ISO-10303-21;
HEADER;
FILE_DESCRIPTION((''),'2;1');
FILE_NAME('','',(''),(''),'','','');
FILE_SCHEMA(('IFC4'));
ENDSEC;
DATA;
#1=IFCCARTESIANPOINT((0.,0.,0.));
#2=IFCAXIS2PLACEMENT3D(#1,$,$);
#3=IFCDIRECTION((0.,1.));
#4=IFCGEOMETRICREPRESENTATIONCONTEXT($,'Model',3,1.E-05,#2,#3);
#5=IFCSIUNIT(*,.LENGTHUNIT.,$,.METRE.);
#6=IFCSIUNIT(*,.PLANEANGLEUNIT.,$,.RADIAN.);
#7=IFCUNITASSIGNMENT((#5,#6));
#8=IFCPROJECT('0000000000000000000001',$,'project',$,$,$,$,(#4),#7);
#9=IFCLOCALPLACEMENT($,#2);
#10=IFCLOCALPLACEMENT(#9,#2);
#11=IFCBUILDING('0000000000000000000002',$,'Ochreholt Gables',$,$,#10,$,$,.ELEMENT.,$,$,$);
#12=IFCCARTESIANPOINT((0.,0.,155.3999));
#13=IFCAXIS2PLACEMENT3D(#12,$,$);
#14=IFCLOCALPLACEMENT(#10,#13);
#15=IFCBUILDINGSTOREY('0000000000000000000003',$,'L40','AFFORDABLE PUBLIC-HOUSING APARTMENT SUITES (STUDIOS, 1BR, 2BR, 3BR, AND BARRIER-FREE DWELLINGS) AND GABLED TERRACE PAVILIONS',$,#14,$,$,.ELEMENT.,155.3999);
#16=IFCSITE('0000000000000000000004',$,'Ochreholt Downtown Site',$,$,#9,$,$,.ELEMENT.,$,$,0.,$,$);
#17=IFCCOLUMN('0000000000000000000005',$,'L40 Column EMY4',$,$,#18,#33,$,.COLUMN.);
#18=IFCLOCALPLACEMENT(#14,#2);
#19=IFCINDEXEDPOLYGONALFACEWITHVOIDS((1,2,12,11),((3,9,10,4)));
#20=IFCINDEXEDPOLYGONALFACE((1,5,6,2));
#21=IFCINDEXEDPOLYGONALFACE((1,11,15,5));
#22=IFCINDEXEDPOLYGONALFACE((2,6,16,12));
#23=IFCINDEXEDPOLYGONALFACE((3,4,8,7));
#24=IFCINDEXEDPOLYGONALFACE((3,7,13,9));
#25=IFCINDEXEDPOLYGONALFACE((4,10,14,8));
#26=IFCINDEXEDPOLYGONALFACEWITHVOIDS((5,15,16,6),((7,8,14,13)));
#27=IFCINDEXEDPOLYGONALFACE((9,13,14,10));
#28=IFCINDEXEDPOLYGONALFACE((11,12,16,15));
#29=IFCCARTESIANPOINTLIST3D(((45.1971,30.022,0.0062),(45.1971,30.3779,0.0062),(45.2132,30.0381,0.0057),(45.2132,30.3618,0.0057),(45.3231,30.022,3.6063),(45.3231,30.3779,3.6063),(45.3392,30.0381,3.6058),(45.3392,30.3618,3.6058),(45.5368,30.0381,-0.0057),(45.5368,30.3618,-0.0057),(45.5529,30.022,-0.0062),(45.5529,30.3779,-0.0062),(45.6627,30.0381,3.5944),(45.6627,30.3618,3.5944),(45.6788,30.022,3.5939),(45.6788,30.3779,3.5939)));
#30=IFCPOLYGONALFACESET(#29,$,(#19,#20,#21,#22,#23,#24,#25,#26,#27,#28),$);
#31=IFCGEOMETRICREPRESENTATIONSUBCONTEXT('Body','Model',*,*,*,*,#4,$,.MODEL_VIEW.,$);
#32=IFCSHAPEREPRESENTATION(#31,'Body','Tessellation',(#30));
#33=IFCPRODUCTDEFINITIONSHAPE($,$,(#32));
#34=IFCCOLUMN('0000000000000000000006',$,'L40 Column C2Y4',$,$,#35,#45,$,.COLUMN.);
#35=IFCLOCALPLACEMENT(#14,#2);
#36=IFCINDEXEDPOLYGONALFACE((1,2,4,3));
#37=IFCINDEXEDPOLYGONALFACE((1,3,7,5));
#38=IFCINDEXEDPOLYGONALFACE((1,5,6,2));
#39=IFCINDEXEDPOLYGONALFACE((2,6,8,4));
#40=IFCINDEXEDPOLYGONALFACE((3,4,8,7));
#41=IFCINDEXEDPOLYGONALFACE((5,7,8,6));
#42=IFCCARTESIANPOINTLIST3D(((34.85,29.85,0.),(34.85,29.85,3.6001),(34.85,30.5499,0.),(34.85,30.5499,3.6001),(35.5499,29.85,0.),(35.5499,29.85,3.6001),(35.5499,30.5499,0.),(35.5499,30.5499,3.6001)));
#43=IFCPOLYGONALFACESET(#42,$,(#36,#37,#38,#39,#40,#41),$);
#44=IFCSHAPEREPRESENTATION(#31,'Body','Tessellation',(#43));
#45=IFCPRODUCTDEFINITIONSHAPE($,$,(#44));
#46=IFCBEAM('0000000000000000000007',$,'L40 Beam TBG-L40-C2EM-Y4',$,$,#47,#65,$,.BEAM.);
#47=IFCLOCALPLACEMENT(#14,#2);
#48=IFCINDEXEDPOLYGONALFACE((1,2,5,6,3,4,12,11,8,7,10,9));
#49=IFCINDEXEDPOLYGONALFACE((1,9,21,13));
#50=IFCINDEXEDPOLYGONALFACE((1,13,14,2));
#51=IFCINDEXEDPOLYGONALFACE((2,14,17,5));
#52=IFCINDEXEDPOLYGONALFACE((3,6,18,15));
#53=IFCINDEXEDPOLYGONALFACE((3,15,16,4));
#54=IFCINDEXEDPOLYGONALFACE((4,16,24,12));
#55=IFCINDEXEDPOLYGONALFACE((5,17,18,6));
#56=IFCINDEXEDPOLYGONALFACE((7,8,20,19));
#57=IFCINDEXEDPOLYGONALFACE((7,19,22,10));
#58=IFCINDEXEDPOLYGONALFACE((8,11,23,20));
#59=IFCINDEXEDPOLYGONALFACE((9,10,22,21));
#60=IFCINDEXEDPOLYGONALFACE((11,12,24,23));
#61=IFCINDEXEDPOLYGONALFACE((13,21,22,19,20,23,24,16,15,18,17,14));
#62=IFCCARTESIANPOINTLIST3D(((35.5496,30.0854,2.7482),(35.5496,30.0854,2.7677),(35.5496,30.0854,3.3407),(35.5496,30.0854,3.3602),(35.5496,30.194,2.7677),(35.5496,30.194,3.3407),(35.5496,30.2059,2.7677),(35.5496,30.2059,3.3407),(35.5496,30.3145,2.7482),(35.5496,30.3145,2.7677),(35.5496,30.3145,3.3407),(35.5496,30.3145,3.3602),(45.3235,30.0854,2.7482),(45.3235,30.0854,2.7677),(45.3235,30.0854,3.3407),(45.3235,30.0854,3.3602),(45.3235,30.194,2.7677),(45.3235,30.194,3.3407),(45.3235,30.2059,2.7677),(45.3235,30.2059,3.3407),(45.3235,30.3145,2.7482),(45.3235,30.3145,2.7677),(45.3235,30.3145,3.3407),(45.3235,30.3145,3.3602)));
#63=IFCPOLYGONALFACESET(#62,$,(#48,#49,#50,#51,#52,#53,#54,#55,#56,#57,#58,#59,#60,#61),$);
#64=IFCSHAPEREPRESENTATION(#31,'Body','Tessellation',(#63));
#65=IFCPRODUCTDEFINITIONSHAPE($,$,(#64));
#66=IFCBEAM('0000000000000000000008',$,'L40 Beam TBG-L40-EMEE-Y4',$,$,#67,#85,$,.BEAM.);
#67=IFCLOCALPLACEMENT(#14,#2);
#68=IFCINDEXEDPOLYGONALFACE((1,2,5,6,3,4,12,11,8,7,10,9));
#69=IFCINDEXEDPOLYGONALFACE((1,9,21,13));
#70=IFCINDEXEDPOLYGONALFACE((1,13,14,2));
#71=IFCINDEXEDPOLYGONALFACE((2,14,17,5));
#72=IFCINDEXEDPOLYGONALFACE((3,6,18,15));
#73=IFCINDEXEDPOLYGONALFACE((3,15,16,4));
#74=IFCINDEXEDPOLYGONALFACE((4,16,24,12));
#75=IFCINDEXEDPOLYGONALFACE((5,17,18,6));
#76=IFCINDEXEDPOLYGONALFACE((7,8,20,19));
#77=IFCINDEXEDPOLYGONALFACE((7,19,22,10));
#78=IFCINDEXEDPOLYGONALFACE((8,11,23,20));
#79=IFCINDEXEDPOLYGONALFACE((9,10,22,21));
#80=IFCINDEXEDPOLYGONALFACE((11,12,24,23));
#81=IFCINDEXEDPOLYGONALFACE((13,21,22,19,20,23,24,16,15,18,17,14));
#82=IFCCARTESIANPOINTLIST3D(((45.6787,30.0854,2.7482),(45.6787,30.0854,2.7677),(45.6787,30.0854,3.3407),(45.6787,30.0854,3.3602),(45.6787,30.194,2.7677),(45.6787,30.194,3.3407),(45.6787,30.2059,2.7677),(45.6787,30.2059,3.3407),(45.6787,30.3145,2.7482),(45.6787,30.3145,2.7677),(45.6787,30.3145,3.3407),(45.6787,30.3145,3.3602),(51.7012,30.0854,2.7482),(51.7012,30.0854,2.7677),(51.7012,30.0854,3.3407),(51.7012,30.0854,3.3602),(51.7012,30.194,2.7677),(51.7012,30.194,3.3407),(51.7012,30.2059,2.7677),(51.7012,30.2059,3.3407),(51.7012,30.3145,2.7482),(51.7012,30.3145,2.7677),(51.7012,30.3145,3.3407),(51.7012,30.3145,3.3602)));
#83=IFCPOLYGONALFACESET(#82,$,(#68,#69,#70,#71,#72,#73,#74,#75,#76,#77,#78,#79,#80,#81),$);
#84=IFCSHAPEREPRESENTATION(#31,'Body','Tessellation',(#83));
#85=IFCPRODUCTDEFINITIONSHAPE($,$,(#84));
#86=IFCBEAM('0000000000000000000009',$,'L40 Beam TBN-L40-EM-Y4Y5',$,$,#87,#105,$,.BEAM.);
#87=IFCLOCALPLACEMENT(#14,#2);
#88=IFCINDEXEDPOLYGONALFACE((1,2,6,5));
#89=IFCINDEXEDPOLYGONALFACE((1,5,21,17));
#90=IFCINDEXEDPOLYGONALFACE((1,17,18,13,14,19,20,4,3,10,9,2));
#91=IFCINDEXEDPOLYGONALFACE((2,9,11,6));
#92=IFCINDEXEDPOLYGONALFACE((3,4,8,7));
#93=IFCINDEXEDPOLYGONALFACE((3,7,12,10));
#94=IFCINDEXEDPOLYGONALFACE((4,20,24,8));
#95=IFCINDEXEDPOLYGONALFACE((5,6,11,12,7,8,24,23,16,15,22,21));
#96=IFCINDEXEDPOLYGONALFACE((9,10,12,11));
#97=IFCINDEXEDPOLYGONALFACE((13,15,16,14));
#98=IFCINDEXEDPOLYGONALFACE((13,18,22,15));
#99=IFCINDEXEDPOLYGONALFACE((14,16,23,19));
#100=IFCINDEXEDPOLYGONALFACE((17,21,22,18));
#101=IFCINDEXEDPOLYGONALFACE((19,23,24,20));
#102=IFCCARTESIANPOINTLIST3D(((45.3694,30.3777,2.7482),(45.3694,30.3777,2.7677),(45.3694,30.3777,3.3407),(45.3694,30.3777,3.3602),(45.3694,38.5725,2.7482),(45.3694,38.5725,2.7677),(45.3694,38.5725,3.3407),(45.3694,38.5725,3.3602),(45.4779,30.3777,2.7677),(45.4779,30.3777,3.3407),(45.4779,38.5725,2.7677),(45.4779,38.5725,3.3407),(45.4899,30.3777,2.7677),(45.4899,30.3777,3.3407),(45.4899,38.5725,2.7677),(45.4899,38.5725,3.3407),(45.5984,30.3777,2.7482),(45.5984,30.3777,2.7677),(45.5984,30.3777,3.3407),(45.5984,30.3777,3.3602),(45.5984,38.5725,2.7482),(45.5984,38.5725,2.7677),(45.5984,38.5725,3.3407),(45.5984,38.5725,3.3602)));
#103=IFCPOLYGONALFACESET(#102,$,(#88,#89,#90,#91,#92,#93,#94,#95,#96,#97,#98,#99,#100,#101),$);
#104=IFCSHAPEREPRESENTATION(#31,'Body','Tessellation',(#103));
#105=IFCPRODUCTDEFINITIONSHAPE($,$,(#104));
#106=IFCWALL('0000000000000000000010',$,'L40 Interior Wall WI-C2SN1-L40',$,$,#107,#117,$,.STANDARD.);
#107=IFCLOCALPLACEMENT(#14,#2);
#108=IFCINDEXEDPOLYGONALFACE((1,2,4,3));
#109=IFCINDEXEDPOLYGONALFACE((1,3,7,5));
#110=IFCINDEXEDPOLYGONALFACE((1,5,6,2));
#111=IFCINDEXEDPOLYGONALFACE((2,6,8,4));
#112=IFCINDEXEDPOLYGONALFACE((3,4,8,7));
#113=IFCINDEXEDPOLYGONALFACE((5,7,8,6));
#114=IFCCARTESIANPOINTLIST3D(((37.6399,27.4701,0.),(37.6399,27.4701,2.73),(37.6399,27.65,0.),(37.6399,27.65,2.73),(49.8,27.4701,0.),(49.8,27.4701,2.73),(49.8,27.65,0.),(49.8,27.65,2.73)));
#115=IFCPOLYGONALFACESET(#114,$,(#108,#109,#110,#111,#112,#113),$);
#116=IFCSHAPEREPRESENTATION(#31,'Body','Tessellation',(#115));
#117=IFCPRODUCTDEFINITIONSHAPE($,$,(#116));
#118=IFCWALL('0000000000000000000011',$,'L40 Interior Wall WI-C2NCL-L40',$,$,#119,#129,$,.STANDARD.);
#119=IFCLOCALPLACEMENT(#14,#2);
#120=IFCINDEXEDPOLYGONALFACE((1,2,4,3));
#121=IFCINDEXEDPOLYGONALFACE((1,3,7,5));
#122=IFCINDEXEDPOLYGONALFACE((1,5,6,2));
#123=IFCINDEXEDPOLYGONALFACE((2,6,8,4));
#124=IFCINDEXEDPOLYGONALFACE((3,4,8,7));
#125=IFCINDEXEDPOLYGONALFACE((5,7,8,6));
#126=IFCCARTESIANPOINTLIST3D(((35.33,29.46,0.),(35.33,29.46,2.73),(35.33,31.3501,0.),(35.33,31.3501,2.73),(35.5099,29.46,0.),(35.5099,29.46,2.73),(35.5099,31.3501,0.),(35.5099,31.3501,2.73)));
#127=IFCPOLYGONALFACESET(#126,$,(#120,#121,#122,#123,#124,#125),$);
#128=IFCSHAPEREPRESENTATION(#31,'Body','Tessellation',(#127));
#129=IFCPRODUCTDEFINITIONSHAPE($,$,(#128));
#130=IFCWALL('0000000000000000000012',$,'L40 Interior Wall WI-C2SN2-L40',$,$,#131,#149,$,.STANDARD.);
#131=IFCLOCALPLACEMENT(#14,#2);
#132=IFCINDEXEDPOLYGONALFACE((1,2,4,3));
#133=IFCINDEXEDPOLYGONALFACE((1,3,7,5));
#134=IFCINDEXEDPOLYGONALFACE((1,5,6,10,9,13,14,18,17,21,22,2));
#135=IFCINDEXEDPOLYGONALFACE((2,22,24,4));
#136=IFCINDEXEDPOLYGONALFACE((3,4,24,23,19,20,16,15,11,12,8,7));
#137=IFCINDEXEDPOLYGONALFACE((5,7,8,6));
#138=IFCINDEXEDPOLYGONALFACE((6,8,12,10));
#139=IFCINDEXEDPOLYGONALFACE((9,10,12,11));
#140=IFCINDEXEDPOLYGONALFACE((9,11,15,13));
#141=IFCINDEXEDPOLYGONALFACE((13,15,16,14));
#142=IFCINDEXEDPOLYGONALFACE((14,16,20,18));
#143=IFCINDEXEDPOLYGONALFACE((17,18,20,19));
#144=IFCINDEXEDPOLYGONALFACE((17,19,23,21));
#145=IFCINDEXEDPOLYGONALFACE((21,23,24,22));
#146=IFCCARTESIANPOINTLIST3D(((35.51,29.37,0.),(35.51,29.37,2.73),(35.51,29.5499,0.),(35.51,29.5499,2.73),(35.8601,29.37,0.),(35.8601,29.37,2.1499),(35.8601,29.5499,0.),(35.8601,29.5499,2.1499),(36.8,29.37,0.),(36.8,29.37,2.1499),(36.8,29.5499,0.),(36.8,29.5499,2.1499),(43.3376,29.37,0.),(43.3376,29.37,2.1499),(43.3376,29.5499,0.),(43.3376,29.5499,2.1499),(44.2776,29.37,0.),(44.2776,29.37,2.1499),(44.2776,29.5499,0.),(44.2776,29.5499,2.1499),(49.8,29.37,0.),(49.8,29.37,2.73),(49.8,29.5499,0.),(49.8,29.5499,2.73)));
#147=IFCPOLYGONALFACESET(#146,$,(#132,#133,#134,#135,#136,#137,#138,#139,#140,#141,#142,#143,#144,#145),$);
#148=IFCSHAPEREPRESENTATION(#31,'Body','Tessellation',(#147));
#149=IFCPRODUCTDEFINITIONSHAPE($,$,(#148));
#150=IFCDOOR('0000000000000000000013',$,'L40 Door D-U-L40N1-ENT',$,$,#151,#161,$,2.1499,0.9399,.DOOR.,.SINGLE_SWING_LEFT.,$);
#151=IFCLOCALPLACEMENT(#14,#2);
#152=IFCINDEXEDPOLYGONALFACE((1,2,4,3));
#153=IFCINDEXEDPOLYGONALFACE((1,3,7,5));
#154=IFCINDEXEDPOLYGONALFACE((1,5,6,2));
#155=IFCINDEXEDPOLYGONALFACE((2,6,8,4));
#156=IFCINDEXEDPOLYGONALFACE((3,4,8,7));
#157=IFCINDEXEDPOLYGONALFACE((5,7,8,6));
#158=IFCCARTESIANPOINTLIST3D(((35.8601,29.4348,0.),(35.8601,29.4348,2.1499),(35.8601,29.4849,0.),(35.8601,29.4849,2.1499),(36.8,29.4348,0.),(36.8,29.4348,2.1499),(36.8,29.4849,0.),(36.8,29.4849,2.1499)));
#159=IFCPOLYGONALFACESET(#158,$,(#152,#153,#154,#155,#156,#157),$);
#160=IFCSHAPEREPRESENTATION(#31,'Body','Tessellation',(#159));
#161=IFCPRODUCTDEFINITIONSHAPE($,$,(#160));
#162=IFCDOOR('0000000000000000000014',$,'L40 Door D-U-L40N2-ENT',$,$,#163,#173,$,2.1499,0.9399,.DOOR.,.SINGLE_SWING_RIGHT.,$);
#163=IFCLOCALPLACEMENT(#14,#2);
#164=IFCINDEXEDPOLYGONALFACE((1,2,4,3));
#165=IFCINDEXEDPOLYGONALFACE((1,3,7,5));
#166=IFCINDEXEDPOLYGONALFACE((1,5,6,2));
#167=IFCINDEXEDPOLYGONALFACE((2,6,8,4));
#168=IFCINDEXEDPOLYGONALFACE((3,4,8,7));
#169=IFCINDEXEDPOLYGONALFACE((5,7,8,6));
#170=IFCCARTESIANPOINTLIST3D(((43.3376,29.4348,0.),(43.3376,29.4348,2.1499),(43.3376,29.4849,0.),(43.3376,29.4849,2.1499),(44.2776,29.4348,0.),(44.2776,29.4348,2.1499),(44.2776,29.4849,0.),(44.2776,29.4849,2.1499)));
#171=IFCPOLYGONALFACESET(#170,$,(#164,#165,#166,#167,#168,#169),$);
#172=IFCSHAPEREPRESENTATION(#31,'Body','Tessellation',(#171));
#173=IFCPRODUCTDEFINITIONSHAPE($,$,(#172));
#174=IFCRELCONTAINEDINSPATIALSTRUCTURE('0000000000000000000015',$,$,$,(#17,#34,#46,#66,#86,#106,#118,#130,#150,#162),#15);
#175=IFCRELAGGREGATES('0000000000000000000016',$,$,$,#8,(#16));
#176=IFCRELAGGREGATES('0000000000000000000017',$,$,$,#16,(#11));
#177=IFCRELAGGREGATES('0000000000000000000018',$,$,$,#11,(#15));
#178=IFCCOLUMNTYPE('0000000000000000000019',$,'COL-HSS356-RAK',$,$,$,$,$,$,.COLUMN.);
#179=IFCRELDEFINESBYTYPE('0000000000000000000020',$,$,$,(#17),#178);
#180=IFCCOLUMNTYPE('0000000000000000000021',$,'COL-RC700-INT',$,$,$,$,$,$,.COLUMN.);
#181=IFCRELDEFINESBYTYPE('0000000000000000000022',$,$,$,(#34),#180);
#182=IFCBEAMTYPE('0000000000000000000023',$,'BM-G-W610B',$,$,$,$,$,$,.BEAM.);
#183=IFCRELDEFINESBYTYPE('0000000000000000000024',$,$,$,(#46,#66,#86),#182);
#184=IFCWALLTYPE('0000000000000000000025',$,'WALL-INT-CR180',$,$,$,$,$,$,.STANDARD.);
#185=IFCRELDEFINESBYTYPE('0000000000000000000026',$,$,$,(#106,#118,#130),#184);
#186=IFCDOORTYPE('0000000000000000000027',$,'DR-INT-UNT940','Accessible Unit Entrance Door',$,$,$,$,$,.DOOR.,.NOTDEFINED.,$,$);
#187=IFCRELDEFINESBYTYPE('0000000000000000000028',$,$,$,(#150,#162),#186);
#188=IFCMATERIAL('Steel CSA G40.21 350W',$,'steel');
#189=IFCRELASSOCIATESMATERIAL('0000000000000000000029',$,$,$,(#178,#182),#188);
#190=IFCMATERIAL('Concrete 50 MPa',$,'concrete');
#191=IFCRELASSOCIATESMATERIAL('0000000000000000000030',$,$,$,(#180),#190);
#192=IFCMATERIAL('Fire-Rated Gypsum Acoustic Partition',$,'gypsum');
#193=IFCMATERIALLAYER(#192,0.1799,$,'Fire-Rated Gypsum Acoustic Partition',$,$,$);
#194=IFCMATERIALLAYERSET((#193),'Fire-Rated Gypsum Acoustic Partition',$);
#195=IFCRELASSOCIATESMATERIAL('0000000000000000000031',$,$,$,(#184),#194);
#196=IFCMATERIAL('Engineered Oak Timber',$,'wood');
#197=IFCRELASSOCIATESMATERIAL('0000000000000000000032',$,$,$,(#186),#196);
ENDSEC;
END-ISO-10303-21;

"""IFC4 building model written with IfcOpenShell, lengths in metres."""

from ifc_helpers import new_model, si_unit, direction, frame, frame_2d, origin, origin_2d, place, context, subcontext, project, spatial, rectangle, hollow_rectangle, i_section, extrude, material, layer, layer_set, material_profile, profile_set, type_object, element, fill, save


model = new_model("IFC4")

# Units and contexts
model_context = context("Model", 3, precision=1e-05, world=origin(), true_north=direction((0.0, 1.0)))
body_context = subcontext(model_context, "Body", "Model", "MODEL_VIEW")
ifc_project = project(units=[si_unit("LENGTHUNIT", "METRE"), si_unit("PLANEANGLEUNIT", "RADIAN")], contexts=[model_context])

# Site, building, storey
site_placement = place(None, origin())
site = spatial("IfcSite", under=ifc_project, at=site_placement, Name="Ochreholt Downtown Site", CompositionType="ELEMENT", RefElevation=0.0)
building_placement = place(site_placement, origin())
building = spatial("IfcBuilding", under=site, at=building_placement, Name="Ochreholt Gables", CompositionType="ELEMENT")
storey_placement = place(building_placement, frame((0.0, 0.0, 155.3999)))
storey = spatial("IfcBuildingStorey", under=building, at=storey_placement, Name="L40", Description="AFFORDABLE PUBLIC-HOUSING APARTMENT SUITES (STUDIOS, 1BR, 2BR, 3BR, AND BARRIER-FREE DWELLINGS) AND GABLED TERRACE PAVILIONS", CompositionType="ELEMENT", Elevation=155.3999)

# Columns
ifc_material_1 = material(Name="Steel CSA G40.21 350W", Category="steel")
ifc_material_profile_1 = material_profile(ifc_material_1, hollow_rectangle(XDim=0.356, YDim=0.356, WallThickness=0.0161, at=origin_2d()), Name="HSS356X356X16")
ifc_profile_set_1 = profile_set([ifc_material_profile_1], Name="Steel CSA G40.21 350W")
column_type_1 = type_object("IfcColumnType", Name="COL-HSS356-RAK", PredefinedType="COLUMN", material=ifc_profile_set_1)
column_1_placement = place(storey_placement, frame((45.375, 30.2, 0.0), z_axis=(0.034971, 0.0, 0.999388), x_axis=(0.0, 1.0, 0.0)))
element("IfcColumn", 1, at=column_1_placement, inside=storey, type_object=column_type_1, Name="L40 Column EMY4", PredefinedType="COLUMN", context=body_context, shape_type="SweptSolid", body=[
    extrude(hollow_rectangle(XDim=0.356, YDim=0.356, WallThickness=0.0161, at=origin_2d()), origin(), (0.0, 0.0, 1.0), 3.6023),
])
ifc_material_2 = material(Name="Concrete 50 MPa", Category="concrete")
ifc_material_profile_2 = material_profile(ifc_material_2, rectangle(XDim=0.7, YDim=0.7, at=origin_2d()), Name="RC700X700")
ifc_profile_set_2 = profile_set([ifc_material_profile_2], Name="Concrete 50 MPa")
column_type_2 = type_object("IfcColumnType", Name="COL-RC700-INT", PredefinedType="COLUMN", material=ifc_profile_set_2)
column_2_placement = place(storey_placement, frame((35.2, 30.2, 0.0), z_axis=(0.0, 0.0, 1.0), x_axis=(1.0, 0.0, 0.0)))
element("IfcColumn", 2, at=column_2_placement, inside=storey, type_object=column_type_2, Name="L40 Column C2Y4", PredefinedType="COLUMN", context=body_context, shape_type="SweptSolid", body=[
    extrude(rectangle(XDim=0.7, YDim=0.7, at=origin_2d()), origin(), (0.0, 0.0, 1.0), 3.6001),
])

# Beams
ifc_material_profile_3 = material_profile(ifc_material_1, i_section(OverallWidth=0.229, OverallDepth=0.6121, WebThickness=0.012, FlangeThickness=0.0195, at=origin_2d()), Name="W610X125")
ifc_profile_set_3 = profile_set([ifc_material_profile_3], Name="Steel CSA G40.21 350W")
beam_type = type_object("IfcBeamType", Name="BM-G-W610B", PredefinedType="BEAM", material=ifc_profile_set_3)
beam_1_placement = place(storey_placement, frame((35.5496, 30.2, 3.0542), z_axis=(1.0, 0.0, 0.0), x_axis=(0.0, 1.0, 0.0)))
element("IfcBeam", 3, at=beam_1_placement, inside=storey, type_object=beam_type, Name="L40 Beam TBG-L40-C2EM-Y4", PredefinedType="BEAM", context=body_context, shape_type="SweptSolid", body=[
    extrude(i_section(OverallWidth=0.229, OverallDepth=0.6121, WebThickness=0.012, FlangeThickness=0.0195, at=origin_2d()), origin(), (0.0, 0.0, 1.0), 9.7739),
])
beam_2_placement = place(storey_placement, frame((45.6787, 30.2, 3.0542), z_axis=(1.0, 0.0, 0.0), x_axis=(0.0, 1.0, 0.0)))
element("IfcBeam", 4, at=beam_2_placement, inside=storey, type_object=beam_type, Name="L40 Beam TBG-L40-EMEE-Y4", PredefinedType="BEAM", context=body_context, shape_type="SweptSolid", body=[
    extrude(i_section(OverallWidth=0.229, OverallDepth=0.6121, WebThickness=0.012, FlangeThickness=0.0195, at=origin_2d()), origin(), (0.0, 0.0, 1.0), 6.0225),
])
beam_3_placement = place(storey_placement, frame((45.4839, 30.3777, 3.0542), z_axis=(0.0, 1.0, 0.0), x_axis=(-1.0, 0.0, 0.0)))
element("IfcBeam", 5, at=beam_3_placement, inside=storey, type_object=beam_type, Name="L40 Beam TBN-L40-EM-Y4Y5", PredefinedType="BEAM", context=body_context, shape_type="SweptSolid", body=[
    extrude(i_section(OverallWidth=0.229, OverallDepth=0.6121, WebThickness=0.012, FlangeThickness=0.0195, at=origin_2d()), origin(), (0.0, 0.0, 1.0), 8.1948),
])

# Walls
ifc_material_3 = material(Name="Fire-Rated Gypsum Acoustic Partition", Category="gypsum")
ifc_layer_1 = layer(ifc_material_3, 0.1799, Name="Fire-Rated Gypsum Acoustic Partition")
ifc_layer_set_1 = layer_set([ifc_layer_1], Name="Fire-Rated Gypsum Acoustic Partition")
wall_type_1 = type_object("IfcWallType", Name="WALL-INT-CR180", PredefinedType="STANDARD", material=ifc_layer_set_1)
wall_1_placement = place(storey_placement, frame((37.6399, 27.5601, 0.0), z_axis=(0.0, 0.0, 1.0), x_axis=(1.0, 0.0, 0.0)))
element("IfcWall", 6, at=wall_1_placement, inside=storey, type_object=wall_type_1, Name="L40 Interior Wall WI-C2SN1-L40", PredefinedType="STANDARD", context=body_context, shape_type="SweptSolid", body=[
    extrude(rectangle(XDim=12.1602, YDim=0.1799, at=frame_2d((6.0801, 0.0))), origin(), (0.0, 0.0, 1.0), 2.73),
])
wall_2_placement = place(storey_placement, frame((35.4199, 29.46, 0.0), z_axis=(0.0, 0.0, 1.0), x_axis=(0.0, 1.0, 0.0)))
element("IfcWall", 7, at=wall_2_placement, inside=storey, type_object=wall_type_1, Name="L40 Interior Wall WI-C2NCL-L40", PredefinedType="STANDARD", context=body_context, shape_type="SweptSolid", body=[
    extrude(rectangle(XDim=1.8901, YDim=0.1799, at=frame_2d((0.9451, 0.0))), origin(), (0.0, 0.0, 1.0), 2.73),
])

# Wall, openings, doors
wall_3_placement = place(storey_placement, frame((35.51, 29.46, 0.0), z_axis=(0.0, 0.0, 1.0), x_axis=(1.0, 0.0, 0.0)))
wall_3 = element("IfcWall", 8, at=wall_3_placement, inside=storey, type_object=wall_type_1, Name="L40 Interior Wall WI-C2SN2-L40", PredefinedType="STANDARD", context=body_context, shape_type="SweptSolid", body=[
    extrude(rectangle(XDim=14.29, YDim=0.1799, at=frame_2d((7.145, 0.0))), origin(), (0.0, 0.0, 1.0), 2.73),
])
opening_1_placement = place(wall_3_placement, frame((0.3501, 0.0, 0.0)))
opening_1 = element("IfcOpeningElement", 9, at=opening_1_placement, cuts=wall_3, PredefinedType="OPENING", context=body_context, shape_type="SweptSolid", body=[
    extrude(rectangle(XDim=0.9399, YDim=2.1499, at=frame_2d((0.47, 1.075))), frame((0.0, 0.0999, 0.0), z_axis=(0.0, -1.0, 0.0), x_axis=(1.0, 0.0, 0.0)), (0.0, 0.0, 1.0), 0.2),
])
opening_2_placement = place(wall_3_placement, frame((7.8276, 0.0, 0.0)))
opening_2 = element("IfcOpeningElement", 10, at=opening_2_placement, cuts=wall_3, PredefinedType="OPENING", context=body_context, shape_type="SweptSolid", body=[
    extrude(rectangle(XDim=0.9399, YDim=2.1499, at=frame_2d((0.47, 1.075))), frame((0.0, 0.0999, 0.0), z_axis=(0.0, -1.0, 0.0), x_axis=(1.0, 0.0, 0.0)), (0.0, 0.0, 1.0), 0.2),
])
ifc_material_4 = material(Name="Engineered Oak Timber", Category="wood")
door_type_1 = type_object("IfcDoorType", Name="DR-INT-UNT940", Description="Accessible Unit Entrance Door", OperationType="NOTDEFINED", PredefinedType="DOOR", material=ifc_material_4)
door_1_placement = place(opening_1_placement, origin())
door_1 = element("IfcDoor", 11, at=door_1_placement, inside=storey, type_object=door_type_1, Name="L40 Door D-U-L40N1-ENT", OperationType="SINGLE_SWING_LEFT", OverallHeight=2.1499, OverallWidth=0.9399, PredefinedType="DOOR", context=body_context, shape_type="SweptSolid", body=[
    extrude(rectangle(XDim=0.9399, YDim=2.1499, at=frame_2d((0.47, 1.075))), frame((0.0, 0.0249, 0.0), z_axis=(0.0, -1.0, 0.0), x_axis=(1.0, 0.0, 0.0)), (0.0, 0.0, 1.0), 0.05),
])
fill(opening_1, door_1)
door_2_placement = place(opening_2_placement, origin())
door_2 = element("IfcDoor", 12, at=door_2_placement, inside=storey, type_object=door_type_1, Name="L40 Door D-U-L40N2-ENT", OperationType="SINGLE_SWING_RIGHT", OverallHeight=2.1499, OverallWidth=0.9399, PredefinedType="DOOR", context=body_context, shape_type="SweptSolid", body=[
    extrude(rectangle(XDim=0.9399, YDim=2.1499, at=frame_2d((0.47, 1.075))), frame((0.0, 0.0249, 0.0), z_axis=(0.0, -1.0, 0.0), x_axis=(1.0, 0.0, 0.0)), (0.0, 0.0, 1.0), 0.05),
])
fill(opening_2, door_2)

save(model, "model.ifc")
